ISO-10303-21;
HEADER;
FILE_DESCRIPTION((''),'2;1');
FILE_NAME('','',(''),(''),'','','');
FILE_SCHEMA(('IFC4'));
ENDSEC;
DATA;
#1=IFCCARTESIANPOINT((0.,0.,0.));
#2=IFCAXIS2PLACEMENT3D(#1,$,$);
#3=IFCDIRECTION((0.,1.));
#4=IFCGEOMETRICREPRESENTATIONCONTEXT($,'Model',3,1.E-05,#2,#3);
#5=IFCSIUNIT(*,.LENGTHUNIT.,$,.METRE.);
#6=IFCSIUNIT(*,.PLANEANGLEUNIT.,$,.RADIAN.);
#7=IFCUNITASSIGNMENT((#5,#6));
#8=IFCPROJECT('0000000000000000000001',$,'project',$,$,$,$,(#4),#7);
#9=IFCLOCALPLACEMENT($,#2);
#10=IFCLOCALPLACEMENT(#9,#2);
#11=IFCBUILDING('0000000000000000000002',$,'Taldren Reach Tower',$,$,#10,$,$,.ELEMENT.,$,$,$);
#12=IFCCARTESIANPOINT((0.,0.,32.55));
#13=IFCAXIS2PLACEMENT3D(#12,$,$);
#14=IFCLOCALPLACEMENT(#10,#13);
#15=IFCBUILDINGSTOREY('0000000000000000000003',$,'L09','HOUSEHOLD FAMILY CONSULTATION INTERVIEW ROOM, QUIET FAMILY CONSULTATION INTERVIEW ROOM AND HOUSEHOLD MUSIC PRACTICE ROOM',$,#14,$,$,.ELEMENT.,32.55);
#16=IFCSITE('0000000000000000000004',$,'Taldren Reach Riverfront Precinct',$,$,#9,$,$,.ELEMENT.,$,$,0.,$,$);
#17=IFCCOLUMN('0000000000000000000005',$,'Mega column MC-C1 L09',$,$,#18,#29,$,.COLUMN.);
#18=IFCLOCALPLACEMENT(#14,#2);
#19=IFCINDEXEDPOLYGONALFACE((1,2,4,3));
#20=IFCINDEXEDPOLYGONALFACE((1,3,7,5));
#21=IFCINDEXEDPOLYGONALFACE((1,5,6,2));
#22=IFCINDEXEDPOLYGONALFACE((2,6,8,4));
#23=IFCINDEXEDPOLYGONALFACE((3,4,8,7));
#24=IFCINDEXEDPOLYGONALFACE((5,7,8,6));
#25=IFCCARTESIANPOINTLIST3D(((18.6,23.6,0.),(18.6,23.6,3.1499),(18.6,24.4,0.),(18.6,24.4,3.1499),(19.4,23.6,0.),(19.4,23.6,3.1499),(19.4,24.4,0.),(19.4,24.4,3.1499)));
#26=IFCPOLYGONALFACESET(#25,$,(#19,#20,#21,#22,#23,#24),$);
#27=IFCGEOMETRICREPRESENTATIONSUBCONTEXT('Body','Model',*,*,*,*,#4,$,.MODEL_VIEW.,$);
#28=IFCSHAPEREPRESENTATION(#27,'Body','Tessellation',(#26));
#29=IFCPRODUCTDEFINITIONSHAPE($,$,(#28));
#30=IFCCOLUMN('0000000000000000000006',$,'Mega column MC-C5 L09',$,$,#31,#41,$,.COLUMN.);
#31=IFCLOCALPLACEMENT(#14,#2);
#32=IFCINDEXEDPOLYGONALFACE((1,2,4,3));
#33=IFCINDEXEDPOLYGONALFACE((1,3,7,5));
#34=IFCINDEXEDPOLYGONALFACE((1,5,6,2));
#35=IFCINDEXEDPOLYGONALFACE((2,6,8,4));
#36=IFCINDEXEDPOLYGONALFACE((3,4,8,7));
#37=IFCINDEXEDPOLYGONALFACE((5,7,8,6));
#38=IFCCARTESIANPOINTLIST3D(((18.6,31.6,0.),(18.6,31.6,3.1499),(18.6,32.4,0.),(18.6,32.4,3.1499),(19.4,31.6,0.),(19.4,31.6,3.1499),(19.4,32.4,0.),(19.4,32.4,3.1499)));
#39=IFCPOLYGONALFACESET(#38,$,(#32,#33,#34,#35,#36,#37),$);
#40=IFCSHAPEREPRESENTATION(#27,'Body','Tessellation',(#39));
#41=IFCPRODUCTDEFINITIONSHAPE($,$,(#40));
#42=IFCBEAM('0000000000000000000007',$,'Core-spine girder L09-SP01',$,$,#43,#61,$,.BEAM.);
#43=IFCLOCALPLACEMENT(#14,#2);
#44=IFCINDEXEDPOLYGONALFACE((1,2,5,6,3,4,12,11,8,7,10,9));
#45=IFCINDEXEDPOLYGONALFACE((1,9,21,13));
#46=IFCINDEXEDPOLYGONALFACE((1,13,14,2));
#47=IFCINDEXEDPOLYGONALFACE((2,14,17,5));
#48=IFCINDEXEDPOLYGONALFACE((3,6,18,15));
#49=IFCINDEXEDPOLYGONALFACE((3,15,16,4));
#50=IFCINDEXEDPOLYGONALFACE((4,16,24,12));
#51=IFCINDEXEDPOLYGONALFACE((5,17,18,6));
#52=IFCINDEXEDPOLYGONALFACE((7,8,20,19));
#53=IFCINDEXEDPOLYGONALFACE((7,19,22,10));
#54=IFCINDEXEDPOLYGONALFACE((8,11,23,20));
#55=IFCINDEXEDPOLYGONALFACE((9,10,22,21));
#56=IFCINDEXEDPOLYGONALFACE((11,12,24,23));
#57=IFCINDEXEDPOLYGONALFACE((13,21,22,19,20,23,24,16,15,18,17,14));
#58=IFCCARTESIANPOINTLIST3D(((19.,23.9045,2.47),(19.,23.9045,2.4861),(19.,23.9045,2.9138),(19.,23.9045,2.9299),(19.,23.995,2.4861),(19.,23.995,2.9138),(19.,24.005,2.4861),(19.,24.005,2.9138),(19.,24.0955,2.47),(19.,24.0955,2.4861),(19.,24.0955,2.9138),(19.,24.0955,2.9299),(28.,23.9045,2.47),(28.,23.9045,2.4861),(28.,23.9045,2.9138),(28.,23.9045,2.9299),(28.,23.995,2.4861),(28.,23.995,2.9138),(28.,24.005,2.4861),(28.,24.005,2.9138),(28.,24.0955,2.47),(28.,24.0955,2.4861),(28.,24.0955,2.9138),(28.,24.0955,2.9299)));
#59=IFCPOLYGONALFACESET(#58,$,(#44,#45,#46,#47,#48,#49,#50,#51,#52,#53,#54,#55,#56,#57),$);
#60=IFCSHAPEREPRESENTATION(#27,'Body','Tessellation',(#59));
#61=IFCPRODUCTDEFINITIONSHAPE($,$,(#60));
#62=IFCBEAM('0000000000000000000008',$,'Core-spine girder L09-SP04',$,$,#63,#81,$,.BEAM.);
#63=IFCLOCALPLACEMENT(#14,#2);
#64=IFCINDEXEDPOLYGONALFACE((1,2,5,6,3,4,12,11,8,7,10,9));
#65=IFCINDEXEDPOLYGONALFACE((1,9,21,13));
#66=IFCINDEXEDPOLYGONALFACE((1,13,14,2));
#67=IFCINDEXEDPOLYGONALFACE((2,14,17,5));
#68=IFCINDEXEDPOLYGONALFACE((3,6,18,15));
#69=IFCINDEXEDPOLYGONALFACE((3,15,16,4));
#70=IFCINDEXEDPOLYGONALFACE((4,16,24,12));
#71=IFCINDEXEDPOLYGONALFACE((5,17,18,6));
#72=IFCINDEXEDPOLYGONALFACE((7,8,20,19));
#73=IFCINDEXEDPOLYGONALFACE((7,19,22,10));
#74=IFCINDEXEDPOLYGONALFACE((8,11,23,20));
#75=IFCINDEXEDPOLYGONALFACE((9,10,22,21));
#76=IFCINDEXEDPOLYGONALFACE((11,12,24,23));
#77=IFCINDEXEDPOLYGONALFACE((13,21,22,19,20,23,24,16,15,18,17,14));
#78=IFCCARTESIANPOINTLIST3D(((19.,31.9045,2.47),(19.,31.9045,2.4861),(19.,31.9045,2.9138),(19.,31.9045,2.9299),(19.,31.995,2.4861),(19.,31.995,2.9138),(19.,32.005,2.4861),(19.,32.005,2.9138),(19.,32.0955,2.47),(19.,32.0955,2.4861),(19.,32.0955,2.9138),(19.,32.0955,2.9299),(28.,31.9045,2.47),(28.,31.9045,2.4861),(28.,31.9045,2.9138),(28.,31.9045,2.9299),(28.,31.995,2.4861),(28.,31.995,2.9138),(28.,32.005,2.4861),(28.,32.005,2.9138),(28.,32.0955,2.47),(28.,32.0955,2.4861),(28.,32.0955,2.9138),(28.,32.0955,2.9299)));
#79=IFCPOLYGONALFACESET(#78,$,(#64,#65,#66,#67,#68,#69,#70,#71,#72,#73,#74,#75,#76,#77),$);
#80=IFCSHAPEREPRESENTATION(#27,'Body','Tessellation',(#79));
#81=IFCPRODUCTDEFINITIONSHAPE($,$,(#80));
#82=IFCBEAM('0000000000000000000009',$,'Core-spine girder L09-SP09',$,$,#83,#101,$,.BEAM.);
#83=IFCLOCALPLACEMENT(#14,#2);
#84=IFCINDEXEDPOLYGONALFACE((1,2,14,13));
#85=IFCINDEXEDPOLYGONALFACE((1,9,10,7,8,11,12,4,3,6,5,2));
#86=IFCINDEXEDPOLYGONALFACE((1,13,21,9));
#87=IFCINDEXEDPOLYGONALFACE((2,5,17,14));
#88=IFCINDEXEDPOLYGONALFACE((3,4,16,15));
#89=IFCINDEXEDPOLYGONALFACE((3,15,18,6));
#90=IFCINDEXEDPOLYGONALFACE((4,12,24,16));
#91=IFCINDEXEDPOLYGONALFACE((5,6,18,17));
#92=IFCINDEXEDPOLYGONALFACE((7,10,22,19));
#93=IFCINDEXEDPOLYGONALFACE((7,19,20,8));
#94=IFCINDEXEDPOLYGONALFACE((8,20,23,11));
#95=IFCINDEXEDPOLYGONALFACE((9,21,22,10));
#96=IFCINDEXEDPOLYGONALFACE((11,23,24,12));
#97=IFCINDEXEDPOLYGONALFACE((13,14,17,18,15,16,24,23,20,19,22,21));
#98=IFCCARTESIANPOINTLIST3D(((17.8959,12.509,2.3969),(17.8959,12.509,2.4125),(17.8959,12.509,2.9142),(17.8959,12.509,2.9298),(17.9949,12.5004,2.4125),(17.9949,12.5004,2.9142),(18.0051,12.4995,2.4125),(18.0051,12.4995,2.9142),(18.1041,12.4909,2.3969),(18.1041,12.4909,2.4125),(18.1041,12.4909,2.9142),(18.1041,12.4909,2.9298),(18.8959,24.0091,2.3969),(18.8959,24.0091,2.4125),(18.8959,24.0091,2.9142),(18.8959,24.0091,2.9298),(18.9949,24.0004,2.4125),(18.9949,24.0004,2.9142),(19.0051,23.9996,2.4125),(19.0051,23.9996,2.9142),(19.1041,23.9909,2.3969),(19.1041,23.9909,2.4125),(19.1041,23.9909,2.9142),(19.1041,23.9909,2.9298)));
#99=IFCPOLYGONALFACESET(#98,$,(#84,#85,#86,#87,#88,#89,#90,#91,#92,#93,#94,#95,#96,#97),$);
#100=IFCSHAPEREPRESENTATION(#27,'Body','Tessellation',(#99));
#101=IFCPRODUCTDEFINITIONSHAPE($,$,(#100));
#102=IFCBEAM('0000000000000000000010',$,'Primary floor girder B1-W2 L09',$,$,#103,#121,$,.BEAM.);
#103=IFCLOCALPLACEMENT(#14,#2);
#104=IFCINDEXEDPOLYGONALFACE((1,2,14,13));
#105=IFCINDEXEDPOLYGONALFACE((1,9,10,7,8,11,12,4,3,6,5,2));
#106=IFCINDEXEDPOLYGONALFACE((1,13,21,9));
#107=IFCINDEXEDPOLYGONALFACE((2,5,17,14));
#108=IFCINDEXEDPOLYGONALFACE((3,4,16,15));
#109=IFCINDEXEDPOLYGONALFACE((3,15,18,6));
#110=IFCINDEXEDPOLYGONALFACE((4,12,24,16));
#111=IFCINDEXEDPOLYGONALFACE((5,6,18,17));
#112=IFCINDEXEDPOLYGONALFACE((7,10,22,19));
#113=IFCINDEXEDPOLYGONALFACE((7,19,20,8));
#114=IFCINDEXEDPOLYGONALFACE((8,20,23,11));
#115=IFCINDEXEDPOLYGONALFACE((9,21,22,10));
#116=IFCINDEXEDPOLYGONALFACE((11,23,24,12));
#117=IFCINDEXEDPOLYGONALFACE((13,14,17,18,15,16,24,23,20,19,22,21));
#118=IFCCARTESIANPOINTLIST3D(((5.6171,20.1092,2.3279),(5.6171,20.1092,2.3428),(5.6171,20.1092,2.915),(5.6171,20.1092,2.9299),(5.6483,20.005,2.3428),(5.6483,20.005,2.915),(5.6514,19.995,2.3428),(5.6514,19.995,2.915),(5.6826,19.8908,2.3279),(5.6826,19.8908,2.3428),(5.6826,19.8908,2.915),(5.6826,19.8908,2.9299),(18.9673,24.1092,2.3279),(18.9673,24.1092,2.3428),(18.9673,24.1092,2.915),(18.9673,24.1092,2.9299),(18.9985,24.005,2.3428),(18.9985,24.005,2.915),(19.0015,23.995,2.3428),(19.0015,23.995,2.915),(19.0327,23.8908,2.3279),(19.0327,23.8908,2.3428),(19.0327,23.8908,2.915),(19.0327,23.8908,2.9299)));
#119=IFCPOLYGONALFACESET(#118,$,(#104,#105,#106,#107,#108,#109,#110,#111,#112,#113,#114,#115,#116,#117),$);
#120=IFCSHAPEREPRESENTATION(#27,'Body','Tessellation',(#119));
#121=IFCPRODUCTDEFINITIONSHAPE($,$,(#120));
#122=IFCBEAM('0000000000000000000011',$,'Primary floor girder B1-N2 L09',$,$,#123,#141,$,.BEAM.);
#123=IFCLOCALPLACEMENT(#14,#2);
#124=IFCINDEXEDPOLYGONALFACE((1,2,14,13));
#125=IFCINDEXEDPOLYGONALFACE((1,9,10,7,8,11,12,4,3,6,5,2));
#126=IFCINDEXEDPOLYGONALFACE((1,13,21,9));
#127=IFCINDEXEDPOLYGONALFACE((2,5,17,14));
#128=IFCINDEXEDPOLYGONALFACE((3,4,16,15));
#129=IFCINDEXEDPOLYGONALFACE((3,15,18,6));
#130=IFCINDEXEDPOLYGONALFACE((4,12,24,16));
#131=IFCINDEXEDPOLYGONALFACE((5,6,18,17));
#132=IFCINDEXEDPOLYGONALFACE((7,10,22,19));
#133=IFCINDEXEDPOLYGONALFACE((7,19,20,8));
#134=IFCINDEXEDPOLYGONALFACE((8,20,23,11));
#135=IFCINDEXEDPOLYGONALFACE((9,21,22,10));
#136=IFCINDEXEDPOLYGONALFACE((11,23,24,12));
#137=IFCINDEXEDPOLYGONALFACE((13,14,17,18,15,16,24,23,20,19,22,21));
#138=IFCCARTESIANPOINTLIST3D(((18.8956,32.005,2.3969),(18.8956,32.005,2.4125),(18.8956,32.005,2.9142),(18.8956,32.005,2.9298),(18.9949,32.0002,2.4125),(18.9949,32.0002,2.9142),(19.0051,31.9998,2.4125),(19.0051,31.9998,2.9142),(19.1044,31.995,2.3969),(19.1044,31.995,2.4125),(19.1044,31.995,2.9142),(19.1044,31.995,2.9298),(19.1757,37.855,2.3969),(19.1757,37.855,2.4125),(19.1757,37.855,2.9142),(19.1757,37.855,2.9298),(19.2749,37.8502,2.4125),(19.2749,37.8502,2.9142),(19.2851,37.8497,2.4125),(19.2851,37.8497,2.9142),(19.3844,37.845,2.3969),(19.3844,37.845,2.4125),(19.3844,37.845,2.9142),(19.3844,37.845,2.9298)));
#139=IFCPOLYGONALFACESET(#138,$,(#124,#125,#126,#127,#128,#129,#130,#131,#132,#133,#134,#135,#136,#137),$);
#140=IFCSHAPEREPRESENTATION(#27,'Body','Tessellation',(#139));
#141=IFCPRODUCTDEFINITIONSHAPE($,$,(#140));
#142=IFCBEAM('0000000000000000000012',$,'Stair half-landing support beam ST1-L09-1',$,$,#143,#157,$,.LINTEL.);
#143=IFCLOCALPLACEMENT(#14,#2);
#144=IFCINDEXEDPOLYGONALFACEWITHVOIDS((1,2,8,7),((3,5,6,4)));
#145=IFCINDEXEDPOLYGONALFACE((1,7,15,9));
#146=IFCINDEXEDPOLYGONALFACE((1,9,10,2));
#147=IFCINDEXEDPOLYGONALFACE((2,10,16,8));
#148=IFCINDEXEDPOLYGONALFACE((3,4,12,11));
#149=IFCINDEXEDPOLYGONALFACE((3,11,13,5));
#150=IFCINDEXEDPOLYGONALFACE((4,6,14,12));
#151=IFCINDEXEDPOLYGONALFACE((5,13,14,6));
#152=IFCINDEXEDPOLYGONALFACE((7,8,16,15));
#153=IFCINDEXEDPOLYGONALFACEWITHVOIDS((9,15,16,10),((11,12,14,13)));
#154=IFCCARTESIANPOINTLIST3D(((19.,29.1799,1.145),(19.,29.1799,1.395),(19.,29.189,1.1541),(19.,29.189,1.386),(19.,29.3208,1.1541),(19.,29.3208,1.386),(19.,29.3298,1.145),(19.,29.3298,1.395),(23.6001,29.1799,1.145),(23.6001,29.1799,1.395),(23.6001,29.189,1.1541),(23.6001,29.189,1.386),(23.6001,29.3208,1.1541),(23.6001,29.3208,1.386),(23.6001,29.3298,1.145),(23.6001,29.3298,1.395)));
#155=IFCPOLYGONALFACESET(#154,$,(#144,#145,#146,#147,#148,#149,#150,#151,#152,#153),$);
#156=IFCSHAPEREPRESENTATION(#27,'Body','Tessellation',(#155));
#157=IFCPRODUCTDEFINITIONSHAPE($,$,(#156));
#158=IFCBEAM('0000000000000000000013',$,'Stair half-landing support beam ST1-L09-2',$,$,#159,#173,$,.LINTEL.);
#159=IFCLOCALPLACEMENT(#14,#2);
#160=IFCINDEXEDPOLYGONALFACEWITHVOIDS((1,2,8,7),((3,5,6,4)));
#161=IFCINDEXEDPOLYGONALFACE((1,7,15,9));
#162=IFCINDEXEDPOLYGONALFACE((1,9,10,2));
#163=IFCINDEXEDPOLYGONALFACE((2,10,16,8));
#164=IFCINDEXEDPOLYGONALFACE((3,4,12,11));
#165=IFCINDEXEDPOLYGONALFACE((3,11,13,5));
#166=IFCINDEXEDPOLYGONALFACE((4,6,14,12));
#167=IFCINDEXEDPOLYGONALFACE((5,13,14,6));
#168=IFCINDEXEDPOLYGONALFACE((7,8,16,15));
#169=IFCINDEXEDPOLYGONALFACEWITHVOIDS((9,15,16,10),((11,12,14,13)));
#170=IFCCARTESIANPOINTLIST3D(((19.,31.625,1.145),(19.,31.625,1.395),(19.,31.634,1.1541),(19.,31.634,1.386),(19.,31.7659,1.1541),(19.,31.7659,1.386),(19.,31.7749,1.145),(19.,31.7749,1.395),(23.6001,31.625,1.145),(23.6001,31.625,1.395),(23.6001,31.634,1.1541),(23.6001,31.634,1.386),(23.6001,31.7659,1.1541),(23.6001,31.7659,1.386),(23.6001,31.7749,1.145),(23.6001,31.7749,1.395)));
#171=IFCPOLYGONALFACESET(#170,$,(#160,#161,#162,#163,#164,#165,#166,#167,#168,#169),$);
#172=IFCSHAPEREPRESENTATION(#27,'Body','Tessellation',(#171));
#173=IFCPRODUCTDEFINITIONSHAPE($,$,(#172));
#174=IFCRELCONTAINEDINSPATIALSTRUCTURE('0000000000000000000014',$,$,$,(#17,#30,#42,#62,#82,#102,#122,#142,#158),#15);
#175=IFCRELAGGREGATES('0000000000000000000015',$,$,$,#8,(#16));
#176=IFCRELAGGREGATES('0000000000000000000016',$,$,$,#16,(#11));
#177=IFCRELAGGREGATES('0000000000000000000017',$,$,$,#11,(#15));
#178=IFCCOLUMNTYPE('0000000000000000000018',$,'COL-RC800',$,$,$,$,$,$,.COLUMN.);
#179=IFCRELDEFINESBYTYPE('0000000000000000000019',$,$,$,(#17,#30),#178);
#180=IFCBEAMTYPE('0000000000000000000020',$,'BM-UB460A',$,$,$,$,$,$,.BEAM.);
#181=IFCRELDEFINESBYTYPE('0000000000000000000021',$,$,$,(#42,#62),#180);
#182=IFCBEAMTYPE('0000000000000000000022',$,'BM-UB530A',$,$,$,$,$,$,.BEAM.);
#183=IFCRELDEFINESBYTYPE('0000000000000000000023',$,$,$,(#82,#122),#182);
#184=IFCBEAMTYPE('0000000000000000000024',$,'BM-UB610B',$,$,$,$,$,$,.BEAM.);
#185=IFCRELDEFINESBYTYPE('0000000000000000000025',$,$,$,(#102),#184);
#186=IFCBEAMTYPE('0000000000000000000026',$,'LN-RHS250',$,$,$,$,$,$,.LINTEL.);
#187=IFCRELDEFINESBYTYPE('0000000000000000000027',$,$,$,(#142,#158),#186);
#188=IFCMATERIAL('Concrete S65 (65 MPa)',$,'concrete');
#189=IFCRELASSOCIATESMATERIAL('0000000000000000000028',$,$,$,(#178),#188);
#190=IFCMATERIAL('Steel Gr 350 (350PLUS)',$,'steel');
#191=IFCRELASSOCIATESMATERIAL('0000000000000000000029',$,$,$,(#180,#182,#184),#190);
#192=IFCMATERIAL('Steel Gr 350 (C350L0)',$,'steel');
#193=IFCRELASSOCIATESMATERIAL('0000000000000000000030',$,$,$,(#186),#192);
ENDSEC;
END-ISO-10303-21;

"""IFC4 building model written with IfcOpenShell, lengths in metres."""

from ifc_helpers import new_model, si_unit, direction, frame, origin, origin_2d, place, context, subcontext, project, spatial, rectangle, hollow_rectangle, i_section, extrude, source, transform, mapped, material, material_profile, profile_set, type_object, element, save


model = new_model("IFC4")

# Units and contexts
model_context = context("Model", 3, precision=1e-05, world=origin(), true_north=direction((0.0, 1.0)))
body_context = subcontext(model_context, "Body", "Model", "MODEL_VIEW")
ifc_project = project(units=[si_unit("LENGTHUNIT", "METRE"), si_unit("PLANEANGLEUNIT", "RADIAN")], contexts=[model_context])

# Site, building, storey
site_placement = place(None, origin())
site = spatial("IfcSite", under=ifc_project, at=site_placement, Name="Taldren Reach Riverfront Precinct", CompositionType="ELEMENT", RefElevation=0.0)
building_placement = place(site_placement, origin())
building = spatial("IfcBuilding", under=site, at=building_placement, Name="Taldren Reach Tower", CompositionType="ELEMENT")
storey_placement = place(building_placement, frame((0.0, 0.0, 32.55)))
storey = spatial("IfcBuildingStorey", under=building, at=storey_placement, Name="L09", Description="HOUSEHOLD FAMILY CONSULTATION INTERVIEW ROOM, QUIET FAMILY CONSULTATION INTERVIEW ROOM AND HOUSEHOLD MUSIC PRACTICE ROOM", CompositionType="ELEMENT", Elevation=32.55)

# Columns
ifc_material_1 = material(Name="Concrete S65 (65 MPa)", Category="concrete")
ifc_material_profile_1 = material_profile(ifc_material_1, rectangle(XDim=0.8, YDim=0.8, at=origin_2d()), Name="RC-800x800")
ifc_profile_set_1 = profile_set([ifc_material_profile_1], Name="Concrete S65 (65 MPa)")
column_type = type_object("IfcColumnType", Name="COL-RC800", PredefinedType="COLUMN", material=ifc_profile_set_1)
shared_shape_1 = source(origin(), body_context, "Body", "SweptSolid", [
    extrude(rectangle(XDim=0.8, YDim=0.8, at=origin_2d()), origin(), (0.0, 0.0, 1.0), 3.1499),
])
for number, where, z_axis, x_axis, name in (
    (1, (19.0, 24.0, 0.0), (0.0, 0.0, 1.0), (1.0, 0.0, 0.0), "Mega column MC-C1 L09"),
    (2, (19.0, 32.0, 0.0), (0.0, 0.0, 1.0), (1.0, 0.0, 0.0), "Mega column MC-C5 L09"),
):
    element("IfcColumn", number, at=place(storey_placement, frame(where, z_axis=z_axis, x_axis=x_axis)), inside=storey, type_object=column_type, Name=name, PredefinedType="COLUMN", context=body_context, shape_type="MappedRepresentation", body=[
        mapped(shared_shape_1, transform((0.0, 0.0, 0.0), scale=1.0)),
    ])

# Beams
ifc_material_2 = material(Name="Steel Gr 350 (350PLUS)", Category="steel")
ifc_material_profile_2 = material_profile(ifc_material_2, i_section(OverallWidth=0.1909, OverallDepth=0.46, WebThickness=0.01, FlangeThickness=0.0161, at=origin_2d()), Name="460UB82.1")
ifc_profile_set_2 = profile_set([ifc_material_profile_2], Name="Steel Gr 350 (350PLUS)")
beam_type_1 = type_object("IfcBeamType", Name="BM-UB460A", PredefinedType="BEAM", material=ifc_profile_set_2)
shared_shape_2 = source(origin(), body_context, "Body", "SweptSolid", [
    extrude(i_section(OverallWidth=0.1909, OverallDepth=0.46, WebThickness=0.01, FlangeThickness=0.0161, at=origin_2d()), origin(), (0.0, 0.0, 1.0), 9.0),
])
for number, where, z_axis, x_axis, name in (
    (3, (19.0, 24.0, 2.7), (1.0, 0.0, 0.0), (0.0, 1.0, 0.0), "Core-spine girder L09-SP01"),
    (4, (19.0, 32.0, 2.7), (1.0, 0.0, 0.0), (0.0, 1.0, 0.0), "Core-spine girder L09-SP04"),
):
    element("IfcBeam", number, at=place(storey_placement, frame(where, z_axis=z_axis, x_axis=x_axis)), inside=storey, type_object=beam_type_1, Name=name, PredefinedType="BEAM", context=body_context, shape_type="MappedRepresentation", body=[
        mapped(shared_shape_2, transform((0.0, 0.0, 0.0), scale=1.0)),
    ])
ifc_material_profile_3 = material_profile(ifc_material_2, i_section(OverallWidth=0.209, OverallDepth=0.533, WebThickness=0.0103, FlangeThickness=0.0156, at=origin_2d()), Name="530UB92.4")
ifc_profile_set_3 = profile_set([ifc_material_profile_3], Name="Steel Gr 350 (350PLUS)")
beam_type_2 = type_object("IfcBeamType", Name="BM-UB530A", PredefinedType="BEAM", material=ifc_profile_set_3)
shared_shape_3 = source(origin(), body_context, "Body", "SweptSolid", [
    extrude(i_section(OverallWidth=0.209, OverallDepth=0.533, WebThickness=0.0103, FlangeThickness=0.0156, at=origin_2d()), origin(), (0.0, 0.0, 1.0), 11.5435),
])
beam_1_placement = place(storey_placement, frame((19.0, 24.0, 2.6633), z_axis=(-0.08663, -0.996241, 0.0), x_axis=(0.996241, -0.08663, 0.0)))
element("IfcBeam", 5, at=beam_1_placement, inside=storey, type_object=beam_type_2, Name="Core-spine girder L09-SP09", PredefinedType="BEAM", context=body_context, shape_type="MappedRepresentation", body=[
    mapped(shared_shape_3, transform((0.0, 0.0, 0.0), scale=1.0)),
])
ifc_material_profile_4 = material_profile(ifc_material_2, i_section(OverallWidth=0.228, OverallDepth=0.6021, WebThickness=0.0105, FlangeThickness=0.0149, at=origin_2d()), Name="610UB101")
ifc_profile_set_4 = profile_set([ifc_material_profile_4], Name="Steel Gr 350 (350PLUS)")
beam_type_3 = type_object("IfcBeamType", Name="BM-UB610B", PredefinedType="BEAM", material=ifc_profile_set_4)
shared_shape_4 = source(origin(), body_context, "Body", "SweptSolid", [
    extrude(i_section(OverallWidth=0.228, OverallDepth=0.6021, WebThickness=0.0105, FlangeThickness=0.0149, at=origin_2d()), origin(), (0.0, 0.0, 1.0), 13.9365),
])
beam_2_placement = place(storey_placement, frame((19.0, 24.0, 2.6289), z_axis=(-0.957926, -0.287017, 0.0), x_axis=(0.287017, -0.957926, 0.0)))
element("IfcBeam", 6, at=beam_2_placement, inside=storey, type_object=beam_type_3, Name="Primary floor girder B1-W2 L09", PredefinedType="BEAM", context=body_context, shape_type="MappedRepresentation", body=[
    mapped(shared_shape_4, transform((0.0, 0.0, 0.0), scale=1.0)),
])
shared_shape_5 = source(origin(), body_context, "Body", "SweptSolid", [
    extrude(i_section(OverallWidth=0.209, OverallDepth=0.533, WebThickness=0.0103, FlangeThickness=0.0156, at=origin_2d()), origin(), (0.0, 0.0, 1.0), 5.8567),
])
beam_3_placement = place(storey_placement, frame((19.0, 32.0, 2.6633), z_axis=(0.047813, 0.998856, 0.0), x_axis=(-0.998856, 0.047813, 0.0)))
element("IfcBeam", 7, at=beam_3_placement, inside=storey, type_object=beam_type_2, Name="Primary floor girder B1-N2 L09", PredefinedType="BEAM", context=body_context, shape_type="MappedRepresentation", body=[
    mapped(shared_shape_5, transform((0.0, 0.0, 0.0), scale=1.0)),
])
ifc_material_3 = material(Name="Steel Gr 350 (C350L0)", Category="steel")
ifc_material_profile_5 = material_profile(ifc_material_3, hollow_rectangle(XDim=0.1499, YDim=0.25, WallThickness=0.009, at=origin_2d()), Name="250x150x9.0RHS")
ifc_profile_set_5 = profile_set([ifc_material_profile_5], Name="Steel Gr 350 (C350L0)")
beam_type_4 = type_object("IfcBeamType", Name="LN-RHS250", PredefinedType="LINTEL", material=ifc_profile_set_5)
shared_shape_6 = source(origin(), body_context, "Body", "SweptSolid", [
    extrude(hollow_rectangle(XDim=0.1499, YDim=0.25, WallThickness=0.009, at=origin_2d()), origin(), (0.0, 0.0, 1.0), 4.6001),
])
for number, where, z_axis, x_axis, name in (
    (8, (19.0, 29.2549, 1.27), (1.0, 0.0, 0.0), (0.0, 1.0, 0.0), "Stair half-landing support beam ST1-L09-1"),
    (9, (19.0, 31.7, 1.27), (1.0, 0.0, 0.0), (0.0, 1.0, 0.0), "Stair half-landing support beam ST1-L09-2"),
):
    element("IfcBeam", number, at=place(storey_placement, frame(where, z_axis=z_axis, x_axis=x_axis)), inside=storey, type_object=beam_type_4, Name=name, PredefinedType="LINTEL", context=body_context, shape_type="MappedRepresentation", body=[
        mapped(shared_shape_6, transform((0.0, 0.0, 0.0), scale=1.0)),
    ])

save(model, "model.ifc")
